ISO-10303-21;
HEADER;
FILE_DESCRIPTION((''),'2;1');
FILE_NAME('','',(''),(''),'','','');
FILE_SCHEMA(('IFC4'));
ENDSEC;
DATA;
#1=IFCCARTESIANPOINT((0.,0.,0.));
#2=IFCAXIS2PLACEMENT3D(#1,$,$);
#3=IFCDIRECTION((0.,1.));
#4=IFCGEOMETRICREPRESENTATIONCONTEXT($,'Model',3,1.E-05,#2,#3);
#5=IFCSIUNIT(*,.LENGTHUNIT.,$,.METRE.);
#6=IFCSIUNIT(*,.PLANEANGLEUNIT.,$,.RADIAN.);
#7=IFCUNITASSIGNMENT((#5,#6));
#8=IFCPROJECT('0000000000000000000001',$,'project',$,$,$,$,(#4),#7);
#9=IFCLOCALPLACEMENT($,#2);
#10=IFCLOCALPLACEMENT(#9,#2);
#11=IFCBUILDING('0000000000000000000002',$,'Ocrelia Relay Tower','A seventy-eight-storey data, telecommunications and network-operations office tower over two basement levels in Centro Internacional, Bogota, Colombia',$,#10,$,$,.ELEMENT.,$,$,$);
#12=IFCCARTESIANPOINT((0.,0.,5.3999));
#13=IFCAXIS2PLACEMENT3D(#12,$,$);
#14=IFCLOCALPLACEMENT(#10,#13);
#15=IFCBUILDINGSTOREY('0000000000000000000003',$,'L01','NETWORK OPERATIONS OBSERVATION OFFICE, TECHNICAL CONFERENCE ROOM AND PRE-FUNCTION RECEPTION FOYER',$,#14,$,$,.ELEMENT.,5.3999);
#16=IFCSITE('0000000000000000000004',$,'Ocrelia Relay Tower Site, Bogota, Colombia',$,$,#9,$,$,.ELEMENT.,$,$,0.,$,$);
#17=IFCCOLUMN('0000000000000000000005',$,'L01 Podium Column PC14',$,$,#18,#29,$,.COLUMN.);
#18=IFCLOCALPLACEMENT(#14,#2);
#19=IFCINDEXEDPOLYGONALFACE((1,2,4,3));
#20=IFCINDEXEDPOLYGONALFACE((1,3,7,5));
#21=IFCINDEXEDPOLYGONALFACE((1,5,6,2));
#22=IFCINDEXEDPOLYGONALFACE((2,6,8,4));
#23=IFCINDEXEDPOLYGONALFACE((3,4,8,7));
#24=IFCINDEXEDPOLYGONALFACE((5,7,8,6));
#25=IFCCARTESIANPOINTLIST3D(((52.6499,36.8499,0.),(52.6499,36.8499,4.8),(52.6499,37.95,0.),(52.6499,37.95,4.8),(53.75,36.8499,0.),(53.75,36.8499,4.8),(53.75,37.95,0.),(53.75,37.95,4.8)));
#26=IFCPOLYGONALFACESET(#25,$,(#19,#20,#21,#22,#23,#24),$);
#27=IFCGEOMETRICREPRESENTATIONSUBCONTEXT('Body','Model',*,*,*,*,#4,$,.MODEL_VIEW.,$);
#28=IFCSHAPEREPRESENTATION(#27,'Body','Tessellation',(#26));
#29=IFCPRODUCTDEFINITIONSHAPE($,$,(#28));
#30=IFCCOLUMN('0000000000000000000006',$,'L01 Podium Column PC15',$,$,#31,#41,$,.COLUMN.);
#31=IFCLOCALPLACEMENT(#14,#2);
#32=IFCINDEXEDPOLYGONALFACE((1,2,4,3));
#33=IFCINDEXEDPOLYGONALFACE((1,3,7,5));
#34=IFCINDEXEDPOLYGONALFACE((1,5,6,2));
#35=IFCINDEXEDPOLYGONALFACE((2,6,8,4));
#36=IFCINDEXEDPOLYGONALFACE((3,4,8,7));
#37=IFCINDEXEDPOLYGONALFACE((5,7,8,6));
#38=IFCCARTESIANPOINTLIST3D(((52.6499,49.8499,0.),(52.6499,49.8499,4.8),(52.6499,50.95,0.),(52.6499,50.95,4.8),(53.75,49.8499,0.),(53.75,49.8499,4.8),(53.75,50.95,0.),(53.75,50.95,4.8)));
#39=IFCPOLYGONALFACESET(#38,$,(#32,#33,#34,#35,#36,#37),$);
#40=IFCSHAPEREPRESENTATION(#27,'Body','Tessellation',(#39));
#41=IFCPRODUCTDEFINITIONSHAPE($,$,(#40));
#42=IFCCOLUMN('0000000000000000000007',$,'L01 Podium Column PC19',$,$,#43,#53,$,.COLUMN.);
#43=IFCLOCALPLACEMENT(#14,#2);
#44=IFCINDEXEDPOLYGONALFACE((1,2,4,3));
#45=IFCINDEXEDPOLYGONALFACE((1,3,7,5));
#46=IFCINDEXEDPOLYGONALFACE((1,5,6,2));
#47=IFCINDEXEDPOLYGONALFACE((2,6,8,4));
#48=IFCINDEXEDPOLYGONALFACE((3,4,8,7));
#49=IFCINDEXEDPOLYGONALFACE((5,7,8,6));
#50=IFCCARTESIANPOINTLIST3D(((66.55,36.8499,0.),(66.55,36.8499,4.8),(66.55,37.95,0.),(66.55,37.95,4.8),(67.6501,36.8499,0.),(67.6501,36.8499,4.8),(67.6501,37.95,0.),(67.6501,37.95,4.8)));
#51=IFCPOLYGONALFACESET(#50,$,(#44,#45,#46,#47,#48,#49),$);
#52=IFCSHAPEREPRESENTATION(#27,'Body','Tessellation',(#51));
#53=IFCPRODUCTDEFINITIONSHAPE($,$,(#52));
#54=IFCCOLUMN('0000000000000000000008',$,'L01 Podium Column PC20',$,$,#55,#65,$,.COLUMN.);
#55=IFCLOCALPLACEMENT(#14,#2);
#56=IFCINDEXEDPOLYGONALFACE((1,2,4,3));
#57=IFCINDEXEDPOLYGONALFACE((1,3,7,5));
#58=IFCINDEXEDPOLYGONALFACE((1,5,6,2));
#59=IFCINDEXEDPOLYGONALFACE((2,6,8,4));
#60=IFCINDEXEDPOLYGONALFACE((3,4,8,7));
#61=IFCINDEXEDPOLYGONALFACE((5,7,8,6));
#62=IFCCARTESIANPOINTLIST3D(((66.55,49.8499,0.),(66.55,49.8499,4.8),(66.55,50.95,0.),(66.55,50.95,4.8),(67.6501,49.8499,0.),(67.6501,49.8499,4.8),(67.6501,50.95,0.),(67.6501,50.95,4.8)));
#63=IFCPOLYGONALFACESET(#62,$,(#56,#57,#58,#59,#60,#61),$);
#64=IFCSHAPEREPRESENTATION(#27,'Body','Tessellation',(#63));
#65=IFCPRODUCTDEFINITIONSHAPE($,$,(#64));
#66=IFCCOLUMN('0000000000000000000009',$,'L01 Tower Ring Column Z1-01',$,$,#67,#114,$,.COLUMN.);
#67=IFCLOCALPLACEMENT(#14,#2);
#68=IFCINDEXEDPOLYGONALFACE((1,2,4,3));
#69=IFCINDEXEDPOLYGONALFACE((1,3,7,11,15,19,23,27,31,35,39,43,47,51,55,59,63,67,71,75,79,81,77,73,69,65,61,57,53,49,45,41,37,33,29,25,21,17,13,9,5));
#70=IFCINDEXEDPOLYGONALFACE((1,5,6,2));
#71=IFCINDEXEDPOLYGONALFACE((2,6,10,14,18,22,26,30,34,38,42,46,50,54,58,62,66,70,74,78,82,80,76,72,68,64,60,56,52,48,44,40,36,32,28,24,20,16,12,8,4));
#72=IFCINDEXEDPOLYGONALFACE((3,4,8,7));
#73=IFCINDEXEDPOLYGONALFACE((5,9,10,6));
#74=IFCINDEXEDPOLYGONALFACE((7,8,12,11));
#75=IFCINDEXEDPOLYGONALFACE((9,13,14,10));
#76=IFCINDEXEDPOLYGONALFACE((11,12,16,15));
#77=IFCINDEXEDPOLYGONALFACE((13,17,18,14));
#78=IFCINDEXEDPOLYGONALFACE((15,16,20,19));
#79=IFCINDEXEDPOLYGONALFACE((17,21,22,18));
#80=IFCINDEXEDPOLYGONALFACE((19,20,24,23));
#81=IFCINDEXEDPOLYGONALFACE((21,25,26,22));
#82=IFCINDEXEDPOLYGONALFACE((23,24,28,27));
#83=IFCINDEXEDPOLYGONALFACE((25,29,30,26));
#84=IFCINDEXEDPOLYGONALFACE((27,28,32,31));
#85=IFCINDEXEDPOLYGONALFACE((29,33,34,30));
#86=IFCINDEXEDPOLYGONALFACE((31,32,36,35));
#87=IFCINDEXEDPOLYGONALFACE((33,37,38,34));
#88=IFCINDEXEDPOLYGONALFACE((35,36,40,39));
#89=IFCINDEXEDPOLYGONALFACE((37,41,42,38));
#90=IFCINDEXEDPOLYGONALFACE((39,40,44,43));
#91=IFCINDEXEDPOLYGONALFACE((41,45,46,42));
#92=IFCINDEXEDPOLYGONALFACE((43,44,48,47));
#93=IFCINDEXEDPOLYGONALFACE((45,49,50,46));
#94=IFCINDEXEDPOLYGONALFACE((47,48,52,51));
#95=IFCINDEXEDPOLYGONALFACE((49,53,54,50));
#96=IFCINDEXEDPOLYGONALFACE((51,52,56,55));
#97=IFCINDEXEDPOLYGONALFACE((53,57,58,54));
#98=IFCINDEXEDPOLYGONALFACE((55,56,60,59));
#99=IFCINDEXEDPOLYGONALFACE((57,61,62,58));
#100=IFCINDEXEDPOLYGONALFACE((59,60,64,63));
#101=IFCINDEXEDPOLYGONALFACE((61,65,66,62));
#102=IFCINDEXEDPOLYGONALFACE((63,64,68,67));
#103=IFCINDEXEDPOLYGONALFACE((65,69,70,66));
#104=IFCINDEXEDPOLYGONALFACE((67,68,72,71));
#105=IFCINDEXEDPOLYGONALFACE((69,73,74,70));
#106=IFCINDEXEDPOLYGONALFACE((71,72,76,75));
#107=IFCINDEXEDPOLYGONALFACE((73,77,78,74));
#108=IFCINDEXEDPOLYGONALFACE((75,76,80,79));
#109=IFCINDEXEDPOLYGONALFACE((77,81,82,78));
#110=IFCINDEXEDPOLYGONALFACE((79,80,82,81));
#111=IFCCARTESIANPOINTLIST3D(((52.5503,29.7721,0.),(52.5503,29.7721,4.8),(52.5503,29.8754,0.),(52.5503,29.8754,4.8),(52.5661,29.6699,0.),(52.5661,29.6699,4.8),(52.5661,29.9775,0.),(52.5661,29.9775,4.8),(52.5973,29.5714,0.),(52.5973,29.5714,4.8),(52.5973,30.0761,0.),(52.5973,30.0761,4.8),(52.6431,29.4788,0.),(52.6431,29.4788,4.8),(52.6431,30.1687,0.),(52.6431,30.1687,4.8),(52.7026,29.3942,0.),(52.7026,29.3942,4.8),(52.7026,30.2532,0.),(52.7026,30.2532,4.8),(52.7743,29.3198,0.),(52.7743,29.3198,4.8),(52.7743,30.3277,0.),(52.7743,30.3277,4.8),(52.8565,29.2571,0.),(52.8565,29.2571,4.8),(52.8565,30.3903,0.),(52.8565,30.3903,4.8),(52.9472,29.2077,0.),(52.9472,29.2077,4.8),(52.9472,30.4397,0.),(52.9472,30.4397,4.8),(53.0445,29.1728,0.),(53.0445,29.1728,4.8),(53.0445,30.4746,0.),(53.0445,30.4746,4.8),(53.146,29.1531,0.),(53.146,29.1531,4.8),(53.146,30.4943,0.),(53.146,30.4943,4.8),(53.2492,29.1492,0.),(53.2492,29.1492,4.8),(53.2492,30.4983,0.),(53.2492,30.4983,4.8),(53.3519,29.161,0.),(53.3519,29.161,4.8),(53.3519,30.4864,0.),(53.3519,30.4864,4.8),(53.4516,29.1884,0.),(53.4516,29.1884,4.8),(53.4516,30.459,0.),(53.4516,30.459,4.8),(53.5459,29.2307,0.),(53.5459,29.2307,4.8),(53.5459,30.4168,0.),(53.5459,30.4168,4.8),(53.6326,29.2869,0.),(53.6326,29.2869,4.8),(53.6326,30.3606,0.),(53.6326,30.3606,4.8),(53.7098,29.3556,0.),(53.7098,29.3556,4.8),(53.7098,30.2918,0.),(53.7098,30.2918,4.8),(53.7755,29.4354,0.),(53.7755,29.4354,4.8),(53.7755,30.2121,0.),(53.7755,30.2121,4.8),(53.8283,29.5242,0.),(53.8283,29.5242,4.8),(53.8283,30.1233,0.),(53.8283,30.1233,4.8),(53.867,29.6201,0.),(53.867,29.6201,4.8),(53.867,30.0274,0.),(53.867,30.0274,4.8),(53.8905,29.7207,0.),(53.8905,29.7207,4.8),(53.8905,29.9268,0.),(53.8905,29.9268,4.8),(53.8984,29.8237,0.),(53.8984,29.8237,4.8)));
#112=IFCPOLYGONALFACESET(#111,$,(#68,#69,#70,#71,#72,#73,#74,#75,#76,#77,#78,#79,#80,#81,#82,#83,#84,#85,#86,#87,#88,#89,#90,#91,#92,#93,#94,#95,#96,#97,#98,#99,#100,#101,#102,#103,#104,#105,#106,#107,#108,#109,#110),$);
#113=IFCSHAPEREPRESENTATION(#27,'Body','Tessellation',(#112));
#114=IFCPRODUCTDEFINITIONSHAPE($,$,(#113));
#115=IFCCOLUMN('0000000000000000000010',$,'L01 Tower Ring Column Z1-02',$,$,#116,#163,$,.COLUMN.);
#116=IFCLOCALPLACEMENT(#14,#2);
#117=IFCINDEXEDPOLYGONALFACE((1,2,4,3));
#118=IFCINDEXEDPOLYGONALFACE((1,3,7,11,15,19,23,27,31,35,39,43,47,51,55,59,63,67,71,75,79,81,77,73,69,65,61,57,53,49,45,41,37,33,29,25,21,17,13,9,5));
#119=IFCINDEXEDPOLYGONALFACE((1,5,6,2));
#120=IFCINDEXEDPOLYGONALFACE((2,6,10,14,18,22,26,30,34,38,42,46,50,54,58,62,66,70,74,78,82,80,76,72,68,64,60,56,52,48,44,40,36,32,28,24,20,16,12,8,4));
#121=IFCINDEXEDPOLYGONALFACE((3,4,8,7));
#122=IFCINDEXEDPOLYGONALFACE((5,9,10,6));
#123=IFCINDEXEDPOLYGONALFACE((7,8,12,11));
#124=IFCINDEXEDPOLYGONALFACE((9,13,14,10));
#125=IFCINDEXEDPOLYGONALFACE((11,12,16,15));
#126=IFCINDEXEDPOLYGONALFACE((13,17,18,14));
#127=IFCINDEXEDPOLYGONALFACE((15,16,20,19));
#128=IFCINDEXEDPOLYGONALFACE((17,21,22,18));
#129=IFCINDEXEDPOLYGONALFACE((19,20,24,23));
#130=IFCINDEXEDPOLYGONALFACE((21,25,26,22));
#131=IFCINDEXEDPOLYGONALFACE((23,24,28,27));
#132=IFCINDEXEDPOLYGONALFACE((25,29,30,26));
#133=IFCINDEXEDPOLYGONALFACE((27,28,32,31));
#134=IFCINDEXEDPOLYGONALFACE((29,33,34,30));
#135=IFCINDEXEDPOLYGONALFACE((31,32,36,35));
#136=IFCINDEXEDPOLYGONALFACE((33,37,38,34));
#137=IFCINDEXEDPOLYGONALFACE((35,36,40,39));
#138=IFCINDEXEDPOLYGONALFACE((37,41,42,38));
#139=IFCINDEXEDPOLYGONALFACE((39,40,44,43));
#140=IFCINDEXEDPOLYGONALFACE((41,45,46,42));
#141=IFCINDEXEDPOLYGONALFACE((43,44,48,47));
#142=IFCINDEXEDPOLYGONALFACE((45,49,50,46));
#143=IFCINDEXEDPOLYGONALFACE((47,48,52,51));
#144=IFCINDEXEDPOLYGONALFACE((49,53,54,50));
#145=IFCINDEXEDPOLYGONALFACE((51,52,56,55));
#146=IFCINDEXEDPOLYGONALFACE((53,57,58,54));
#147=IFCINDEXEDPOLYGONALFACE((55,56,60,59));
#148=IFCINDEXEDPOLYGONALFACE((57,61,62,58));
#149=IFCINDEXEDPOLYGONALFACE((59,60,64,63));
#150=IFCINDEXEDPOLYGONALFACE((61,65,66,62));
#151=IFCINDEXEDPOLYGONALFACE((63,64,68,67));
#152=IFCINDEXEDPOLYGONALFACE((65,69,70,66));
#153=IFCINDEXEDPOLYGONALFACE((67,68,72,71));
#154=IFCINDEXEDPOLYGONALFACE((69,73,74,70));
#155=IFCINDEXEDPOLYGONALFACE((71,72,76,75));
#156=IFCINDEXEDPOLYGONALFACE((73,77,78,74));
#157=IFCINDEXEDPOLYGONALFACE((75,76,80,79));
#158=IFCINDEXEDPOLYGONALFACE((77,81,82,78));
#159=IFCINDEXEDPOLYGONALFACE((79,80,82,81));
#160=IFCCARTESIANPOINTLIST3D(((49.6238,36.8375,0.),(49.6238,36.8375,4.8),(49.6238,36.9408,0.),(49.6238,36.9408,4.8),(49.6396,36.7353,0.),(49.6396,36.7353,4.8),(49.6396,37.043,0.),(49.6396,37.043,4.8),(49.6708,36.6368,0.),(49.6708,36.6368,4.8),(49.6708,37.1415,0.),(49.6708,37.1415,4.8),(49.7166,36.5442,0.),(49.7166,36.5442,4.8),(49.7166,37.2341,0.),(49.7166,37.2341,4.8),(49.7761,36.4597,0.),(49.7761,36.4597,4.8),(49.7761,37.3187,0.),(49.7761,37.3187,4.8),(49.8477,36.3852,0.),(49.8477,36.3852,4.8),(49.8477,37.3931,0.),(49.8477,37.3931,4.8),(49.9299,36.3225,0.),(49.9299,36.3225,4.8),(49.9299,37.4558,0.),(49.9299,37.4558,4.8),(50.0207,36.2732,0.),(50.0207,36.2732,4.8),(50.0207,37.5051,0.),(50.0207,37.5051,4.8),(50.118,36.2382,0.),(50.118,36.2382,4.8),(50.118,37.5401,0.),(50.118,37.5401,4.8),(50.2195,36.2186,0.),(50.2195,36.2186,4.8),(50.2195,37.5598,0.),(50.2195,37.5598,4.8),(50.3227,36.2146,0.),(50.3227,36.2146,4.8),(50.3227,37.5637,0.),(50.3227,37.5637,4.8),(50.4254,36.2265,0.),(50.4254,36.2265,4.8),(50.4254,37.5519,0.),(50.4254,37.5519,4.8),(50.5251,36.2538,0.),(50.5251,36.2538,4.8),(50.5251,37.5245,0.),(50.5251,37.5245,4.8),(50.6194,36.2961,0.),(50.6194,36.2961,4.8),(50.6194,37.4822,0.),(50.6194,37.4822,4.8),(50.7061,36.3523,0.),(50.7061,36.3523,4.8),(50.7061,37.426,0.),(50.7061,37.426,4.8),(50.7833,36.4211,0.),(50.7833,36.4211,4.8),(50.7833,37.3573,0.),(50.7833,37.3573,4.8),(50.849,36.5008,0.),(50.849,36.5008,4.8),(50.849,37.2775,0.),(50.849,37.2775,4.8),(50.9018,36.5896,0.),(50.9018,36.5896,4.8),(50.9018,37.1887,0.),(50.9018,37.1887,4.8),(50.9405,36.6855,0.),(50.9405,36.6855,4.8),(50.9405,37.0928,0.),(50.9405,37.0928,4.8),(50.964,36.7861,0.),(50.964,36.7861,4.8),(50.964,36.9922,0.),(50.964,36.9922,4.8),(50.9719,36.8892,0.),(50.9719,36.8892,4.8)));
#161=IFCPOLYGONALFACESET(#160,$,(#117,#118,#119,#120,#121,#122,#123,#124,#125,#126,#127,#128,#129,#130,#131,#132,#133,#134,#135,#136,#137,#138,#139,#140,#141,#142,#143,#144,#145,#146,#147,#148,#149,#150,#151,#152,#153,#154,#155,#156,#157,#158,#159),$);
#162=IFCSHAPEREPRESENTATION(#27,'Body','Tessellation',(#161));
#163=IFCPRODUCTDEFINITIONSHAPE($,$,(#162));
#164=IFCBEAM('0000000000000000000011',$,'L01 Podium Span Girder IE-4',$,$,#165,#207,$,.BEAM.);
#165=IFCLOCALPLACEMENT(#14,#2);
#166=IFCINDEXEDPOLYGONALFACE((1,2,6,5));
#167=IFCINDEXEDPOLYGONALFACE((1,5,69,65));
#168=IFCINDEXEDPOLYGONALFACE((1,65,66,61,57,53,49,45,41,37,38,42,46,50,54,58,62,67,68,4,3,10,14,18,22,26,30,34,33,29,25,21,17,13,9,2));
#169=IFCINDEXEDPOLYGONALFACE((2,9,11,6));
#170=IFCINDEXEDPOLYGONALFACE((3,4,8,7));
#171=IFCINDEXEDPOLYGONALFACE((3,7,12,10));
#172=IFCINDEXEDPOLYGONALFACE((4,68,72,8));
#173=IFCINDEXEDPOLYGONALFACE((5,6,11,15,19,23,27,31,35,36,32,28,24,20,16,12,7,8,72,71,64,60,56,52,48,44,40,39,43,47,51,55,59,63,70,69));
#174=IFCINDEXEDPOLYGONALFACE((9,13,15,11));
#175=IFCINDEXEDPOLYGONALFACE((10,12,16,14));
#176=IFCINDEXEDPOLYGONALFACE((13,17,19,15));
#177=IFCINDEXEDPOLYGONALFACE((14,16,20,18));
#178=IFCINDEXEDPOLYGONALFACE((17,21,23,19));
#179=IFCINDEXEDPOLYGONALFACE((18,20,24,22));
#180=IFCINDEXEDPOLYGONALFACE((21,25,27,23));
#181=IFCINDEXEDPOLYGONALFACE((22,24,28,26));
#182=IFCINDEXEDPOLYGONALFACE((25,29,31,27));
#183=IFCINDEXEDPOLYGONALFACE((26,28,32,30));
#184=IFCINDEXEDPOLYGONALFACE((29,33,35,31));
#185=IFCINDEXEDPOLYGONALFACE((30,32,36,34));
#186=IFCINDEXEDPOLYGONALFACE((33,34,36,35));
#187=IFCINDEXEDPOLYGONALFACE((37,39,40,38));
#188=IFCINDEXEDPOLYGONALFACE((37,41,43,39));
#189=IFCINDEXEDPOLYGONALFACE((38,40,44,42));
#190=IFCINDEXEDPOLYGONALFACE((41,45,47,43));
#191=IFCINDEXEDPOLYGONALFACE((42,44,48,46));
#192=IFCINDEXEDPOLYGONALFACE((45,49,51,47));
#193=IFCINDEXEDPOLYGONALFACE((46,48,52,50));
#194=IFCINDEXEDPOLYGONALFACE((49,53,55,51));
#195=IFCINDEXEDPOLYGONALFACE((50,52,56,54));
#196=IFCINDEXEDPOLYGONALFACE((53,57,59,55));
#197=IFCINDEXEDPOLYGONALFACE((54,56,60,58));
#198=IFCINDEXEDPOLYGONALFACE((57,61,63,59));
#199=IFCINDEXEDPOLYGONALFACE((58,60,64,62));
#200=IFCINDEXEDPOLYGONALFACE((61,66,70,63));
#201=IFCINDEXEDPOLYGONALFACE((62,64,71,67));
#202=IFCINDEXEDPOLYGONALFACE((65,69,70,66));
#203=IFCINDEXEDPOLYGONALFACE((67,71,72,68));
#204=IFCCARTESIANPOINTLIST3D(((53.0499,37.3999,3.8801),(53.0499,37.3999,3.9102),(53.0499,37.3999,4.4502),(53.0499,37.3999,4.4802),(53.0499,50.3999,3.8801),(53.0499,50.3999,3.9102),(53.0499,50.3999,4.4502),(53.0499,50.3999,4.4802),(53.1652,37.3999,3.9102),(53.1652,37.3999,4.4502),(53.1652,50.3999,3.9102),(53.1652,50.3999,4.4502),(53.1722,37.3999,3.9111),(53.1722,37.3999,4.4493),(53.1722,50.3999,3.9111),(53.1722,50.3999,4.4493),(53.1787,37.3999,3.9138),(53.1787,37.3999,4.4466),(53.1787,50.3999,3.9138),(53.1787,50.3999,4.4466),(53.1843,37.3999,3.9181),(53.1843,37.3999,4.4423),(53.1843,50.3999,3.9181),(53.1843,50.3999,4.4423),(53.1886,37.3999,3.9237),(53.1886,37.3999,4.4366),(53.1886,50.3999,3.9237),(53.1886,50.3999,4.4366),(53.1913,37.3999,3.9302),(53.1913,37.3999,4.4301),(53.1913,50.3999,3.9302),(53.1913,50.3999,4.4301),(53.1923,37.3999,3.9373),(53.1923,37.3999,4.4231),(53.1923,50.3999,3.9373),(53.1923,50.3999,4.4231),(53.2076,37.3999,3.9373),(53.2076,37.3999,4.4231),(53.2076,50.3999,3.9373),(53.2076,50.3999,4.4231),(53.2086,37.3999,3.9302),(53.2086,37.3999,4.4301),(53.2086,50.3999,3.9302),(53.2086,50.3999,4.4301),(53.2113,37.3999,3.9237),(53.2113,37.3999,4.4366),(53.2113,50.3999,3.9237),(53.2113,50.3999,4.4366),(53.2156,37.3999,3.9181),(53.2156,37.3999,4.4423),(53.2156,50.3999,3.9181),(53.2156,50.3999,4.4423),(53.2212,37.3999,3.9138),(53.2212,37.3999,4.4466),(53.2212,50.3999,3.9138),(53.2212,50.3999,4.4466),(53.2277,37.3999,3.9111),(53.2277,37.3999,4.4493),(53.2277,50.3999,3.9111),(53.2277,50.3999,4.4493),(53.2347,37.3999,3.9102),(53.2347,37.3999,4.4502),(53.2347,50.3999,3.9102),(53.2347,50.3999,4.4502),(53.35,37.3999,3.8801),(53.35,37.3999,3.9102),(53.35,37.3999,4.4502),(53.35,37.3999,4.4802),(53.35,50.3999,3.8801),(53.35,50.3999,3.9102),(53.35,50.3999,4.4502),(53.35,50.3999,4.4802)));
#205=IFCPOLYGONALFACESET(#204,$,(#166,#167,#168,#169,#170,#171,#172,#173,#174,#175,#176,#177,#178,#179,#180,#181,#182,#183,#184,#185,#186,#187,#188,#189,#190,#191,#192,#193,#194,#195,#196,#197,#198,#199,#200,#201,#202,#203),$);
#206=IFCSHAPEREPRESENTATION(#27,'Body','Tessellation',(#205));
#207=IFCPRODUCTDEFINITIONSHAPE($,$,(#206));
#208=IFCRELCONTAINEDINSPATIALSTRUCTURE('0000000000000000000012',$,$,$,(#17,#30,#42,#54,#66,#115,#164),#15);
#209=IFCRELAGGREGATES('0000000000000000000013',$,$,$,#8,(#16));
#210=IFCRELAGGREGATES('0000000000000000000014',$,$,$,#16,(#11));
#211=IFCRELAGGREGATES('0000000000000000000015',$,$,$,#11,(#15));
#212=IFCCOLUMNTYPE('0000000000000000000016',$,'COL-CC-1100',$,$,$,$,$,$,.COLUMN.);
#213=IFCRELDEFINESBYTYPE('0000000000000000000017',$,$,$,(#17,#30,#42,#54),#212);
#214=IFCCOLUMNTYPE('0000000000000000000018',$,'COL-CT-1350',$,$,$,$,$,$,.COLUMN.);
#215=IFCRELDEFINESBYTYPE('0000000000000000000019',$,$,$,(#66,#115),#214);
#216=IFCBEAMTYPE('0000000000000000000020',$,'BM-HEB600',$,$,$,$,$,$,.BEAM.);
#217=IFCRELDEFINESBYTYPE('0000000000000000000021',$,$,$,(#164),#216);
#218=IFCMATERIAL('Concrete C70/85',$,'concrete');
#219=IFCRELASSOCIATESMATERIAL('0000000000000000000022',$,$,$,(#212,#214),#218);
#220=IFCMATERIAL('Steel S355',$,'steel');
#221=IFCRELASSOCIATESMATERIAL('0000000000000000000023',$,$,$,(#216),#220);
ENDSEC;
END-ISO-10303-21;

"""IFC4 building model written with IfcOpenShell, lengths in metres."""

from ifc_helpers import new_model, si_unit, direction, frame, origin, origin_2d, place, context, subcontext, project, spatial, rectangle, circle, i_section, extrude, material, material_profile, profile_set, type_object, element, save


model = new_model("IFC4")

# Units and contexts
model_context = context("Model", 3, precision=1e-05, world=origin(), true_north=direction((0.0, 1.0)))
body_context = subcontext(model_context, "Body", "Model", "MODEL_VIEW")
ifc_project = project(units=[si_unit("LENGTHUNIT", "METRE"), si_unit("PLANEANGLEUNIT", "RADIAN")], contexts=[model_context])

# Site, building, storey
site_placement = place(None, origin())
site = spatial("IfcSite", under=ifc_project, at=site_placement, Name="Ocrelia Relay Tower Site, Bogota, Colombia", CompositionType="ELEMENT", RefElevation=0.0)
building_placement = place(site_placement, origin())
building = spatial("IfcBuilding", under=site, at=building_placement, Name="Ocrelia Relay Tower", Description="A seventy-eight-storey data, telecommunications and network-operations office tower over two basement levels in Centro Internacional, Bogota, Colombia", CompositionType="ELEMENT")
storey_placement = place(building_placement, frame((0.0, 0.0, 5.3999)))
storey = spatial("IfcBuildingStorey", under=building, at=storey_placement, Name="L01", Description="NETWORK OPERATIONS OBSERVATION OFFICE, TECHNICAL CONFERENCE ROOM AND PRE-FUNCTION RECEPTION FOYER", CompositionType="ELEMENT", Elevation=5.3999)

# Columns
ifc_material_1 = material(Name="Concrete C70/85", Category="concrete")
ifc_material_profile_1 = material_profile(ifc_material_1, rectangle(XDim=1.1001, YDim=1.1001, at=origin_2d()), Name="RC-COL-1100x1100")
ifc_profile_set_1 = profile_set([ifc_material_profile_1], Name="Concrete C70/85")
column_type_1 = type_object("IfcColumnType", Name="COL-CC-1100", PredefinedType="COLUMN", material=ifc_profile_set_1)
for number, where, z_axis, x_axis, name in (
    (1, (53.2, 37.3999, 0.0), (0.0, 0.0, 1.0), (1.0, 0.0, 0.0), "L01 Podium Column PC14"),
    (2, (53.2, 50.3999, 0.0), (0.0, 0.0, 1.0), (1.0, 0.0, 0.0), "L01 Podium Column PC15"),
    (3, (67.1001, 37.3999, 0.0), (0.0, 0.0, 1.0), (1.0, 0.0, 0.0), "L01 Podium Column PC19"),
    (4, (67.1001, 50.3999, 0.0), (0.0, 0.0, 1.0), (1.0, 0.0, 0.0), "L01 Podium Column PC20"),
):
    element("IfcColumn", number, at=place(storey_placement, frame(where, z_axis=z_axis, x_axis=x_axis)), inside=storey, type_object=column_type_1, Name=name, PredefinedType="COLUMN", context=body_context, shape_type="SweptSolid", body=[
        extrude(rectangle(XDim=1.1001, YDim=1.1001, at=origin_2d()), origin(), (0.0, 0.0, 1.0), 4.8),
    ])
ifc_material_profile_2 = material_profile(ifc_material_1, circle(Radius=0.675, at=origin_2d()), Name="RC-CIR-1350")
ifc_profile_set_2 = profile_set([ifc_material_profile_2], Name="Concrete C70/85")
column_type_2 = type_object("IfcColumnType", Name="COL-CT-1350", PredefinedType="COLUMN", material=ifc_profile_set_2)
for number, where, z_axis, x_axis, name in (
    (5, (53.2234, 29.8237, 0.0), (0.0, 0.0, 1.0), (1.0, 0.0, 0.0), "L01 Tower Ring Column Z1-01"),
    (6, (50.2969, 36.8892, 0.0), (0.0, 0.0, 1.0), (1.0, 0.0, 0.0), "L01 Tower Ring Column Z1-02"),
):
    element("IfcColumn", number, at=place(storey_placement, frame(where, z_axis=z_axis, x_axis=x_axis)), inside=storey, type_object=column_type_2, Name=name, PredefinedType="COLUMN", context=body_context, shape_type="SweptSolid", body=[
        extrude(circle(Radius=0.675, at=origin_2d()), origin(), (0.0, 0.0, 1.0), 4.8),
    ])

# Beam
ifc_material_2 = material(Name="Steel S355", Category="steel")
ifc_material_profile_3 = material_profile(ifc_material_2, i_section(OverallWidth=0.3, OverallDepth=0.6001, WebThickness=0.0154, FlangeThickness=0.03, FilletRadius=0.0271, at=origin_2d()), Name="HEB 600")
ifc_profile_set_3 = profile_set([ifc_material_profile_3], Name="Steel S355")
beam_type_1 = type_object("IfcBeamType", Name="BM-HEB600", PredefinedType="BEAM", material=ifc_profile_set_3)
for number, where, z_axis, x_axis, name in (
    (7, (53.2, 37.3999, 4.1802), (0.0, 1.0, 0.0), (-1.0, 0.0, 0.0), "L01 Podium Span Girder IE-4"),
):
    element("IfcBeam", number, at=place(storey_placement, frame(where, z_axis=z_axis, x_axis=x_axis)), inside=storey, type_object=beam_type_1, Name=name, PredefinedType="BEAM", context=body_context, shape_type="SweptSolid", body=[
        extrude(i_section(OverallWidth=0.3, OverallDepth=0.6001, WebThickness=0.0154, FlangeThickness=0.03, FilletRadius=0.0271, at=origin_2d()), origin(), (0.0, 0.0, 1.0), 13.0),
    ])

save(model, "model.ifc")
